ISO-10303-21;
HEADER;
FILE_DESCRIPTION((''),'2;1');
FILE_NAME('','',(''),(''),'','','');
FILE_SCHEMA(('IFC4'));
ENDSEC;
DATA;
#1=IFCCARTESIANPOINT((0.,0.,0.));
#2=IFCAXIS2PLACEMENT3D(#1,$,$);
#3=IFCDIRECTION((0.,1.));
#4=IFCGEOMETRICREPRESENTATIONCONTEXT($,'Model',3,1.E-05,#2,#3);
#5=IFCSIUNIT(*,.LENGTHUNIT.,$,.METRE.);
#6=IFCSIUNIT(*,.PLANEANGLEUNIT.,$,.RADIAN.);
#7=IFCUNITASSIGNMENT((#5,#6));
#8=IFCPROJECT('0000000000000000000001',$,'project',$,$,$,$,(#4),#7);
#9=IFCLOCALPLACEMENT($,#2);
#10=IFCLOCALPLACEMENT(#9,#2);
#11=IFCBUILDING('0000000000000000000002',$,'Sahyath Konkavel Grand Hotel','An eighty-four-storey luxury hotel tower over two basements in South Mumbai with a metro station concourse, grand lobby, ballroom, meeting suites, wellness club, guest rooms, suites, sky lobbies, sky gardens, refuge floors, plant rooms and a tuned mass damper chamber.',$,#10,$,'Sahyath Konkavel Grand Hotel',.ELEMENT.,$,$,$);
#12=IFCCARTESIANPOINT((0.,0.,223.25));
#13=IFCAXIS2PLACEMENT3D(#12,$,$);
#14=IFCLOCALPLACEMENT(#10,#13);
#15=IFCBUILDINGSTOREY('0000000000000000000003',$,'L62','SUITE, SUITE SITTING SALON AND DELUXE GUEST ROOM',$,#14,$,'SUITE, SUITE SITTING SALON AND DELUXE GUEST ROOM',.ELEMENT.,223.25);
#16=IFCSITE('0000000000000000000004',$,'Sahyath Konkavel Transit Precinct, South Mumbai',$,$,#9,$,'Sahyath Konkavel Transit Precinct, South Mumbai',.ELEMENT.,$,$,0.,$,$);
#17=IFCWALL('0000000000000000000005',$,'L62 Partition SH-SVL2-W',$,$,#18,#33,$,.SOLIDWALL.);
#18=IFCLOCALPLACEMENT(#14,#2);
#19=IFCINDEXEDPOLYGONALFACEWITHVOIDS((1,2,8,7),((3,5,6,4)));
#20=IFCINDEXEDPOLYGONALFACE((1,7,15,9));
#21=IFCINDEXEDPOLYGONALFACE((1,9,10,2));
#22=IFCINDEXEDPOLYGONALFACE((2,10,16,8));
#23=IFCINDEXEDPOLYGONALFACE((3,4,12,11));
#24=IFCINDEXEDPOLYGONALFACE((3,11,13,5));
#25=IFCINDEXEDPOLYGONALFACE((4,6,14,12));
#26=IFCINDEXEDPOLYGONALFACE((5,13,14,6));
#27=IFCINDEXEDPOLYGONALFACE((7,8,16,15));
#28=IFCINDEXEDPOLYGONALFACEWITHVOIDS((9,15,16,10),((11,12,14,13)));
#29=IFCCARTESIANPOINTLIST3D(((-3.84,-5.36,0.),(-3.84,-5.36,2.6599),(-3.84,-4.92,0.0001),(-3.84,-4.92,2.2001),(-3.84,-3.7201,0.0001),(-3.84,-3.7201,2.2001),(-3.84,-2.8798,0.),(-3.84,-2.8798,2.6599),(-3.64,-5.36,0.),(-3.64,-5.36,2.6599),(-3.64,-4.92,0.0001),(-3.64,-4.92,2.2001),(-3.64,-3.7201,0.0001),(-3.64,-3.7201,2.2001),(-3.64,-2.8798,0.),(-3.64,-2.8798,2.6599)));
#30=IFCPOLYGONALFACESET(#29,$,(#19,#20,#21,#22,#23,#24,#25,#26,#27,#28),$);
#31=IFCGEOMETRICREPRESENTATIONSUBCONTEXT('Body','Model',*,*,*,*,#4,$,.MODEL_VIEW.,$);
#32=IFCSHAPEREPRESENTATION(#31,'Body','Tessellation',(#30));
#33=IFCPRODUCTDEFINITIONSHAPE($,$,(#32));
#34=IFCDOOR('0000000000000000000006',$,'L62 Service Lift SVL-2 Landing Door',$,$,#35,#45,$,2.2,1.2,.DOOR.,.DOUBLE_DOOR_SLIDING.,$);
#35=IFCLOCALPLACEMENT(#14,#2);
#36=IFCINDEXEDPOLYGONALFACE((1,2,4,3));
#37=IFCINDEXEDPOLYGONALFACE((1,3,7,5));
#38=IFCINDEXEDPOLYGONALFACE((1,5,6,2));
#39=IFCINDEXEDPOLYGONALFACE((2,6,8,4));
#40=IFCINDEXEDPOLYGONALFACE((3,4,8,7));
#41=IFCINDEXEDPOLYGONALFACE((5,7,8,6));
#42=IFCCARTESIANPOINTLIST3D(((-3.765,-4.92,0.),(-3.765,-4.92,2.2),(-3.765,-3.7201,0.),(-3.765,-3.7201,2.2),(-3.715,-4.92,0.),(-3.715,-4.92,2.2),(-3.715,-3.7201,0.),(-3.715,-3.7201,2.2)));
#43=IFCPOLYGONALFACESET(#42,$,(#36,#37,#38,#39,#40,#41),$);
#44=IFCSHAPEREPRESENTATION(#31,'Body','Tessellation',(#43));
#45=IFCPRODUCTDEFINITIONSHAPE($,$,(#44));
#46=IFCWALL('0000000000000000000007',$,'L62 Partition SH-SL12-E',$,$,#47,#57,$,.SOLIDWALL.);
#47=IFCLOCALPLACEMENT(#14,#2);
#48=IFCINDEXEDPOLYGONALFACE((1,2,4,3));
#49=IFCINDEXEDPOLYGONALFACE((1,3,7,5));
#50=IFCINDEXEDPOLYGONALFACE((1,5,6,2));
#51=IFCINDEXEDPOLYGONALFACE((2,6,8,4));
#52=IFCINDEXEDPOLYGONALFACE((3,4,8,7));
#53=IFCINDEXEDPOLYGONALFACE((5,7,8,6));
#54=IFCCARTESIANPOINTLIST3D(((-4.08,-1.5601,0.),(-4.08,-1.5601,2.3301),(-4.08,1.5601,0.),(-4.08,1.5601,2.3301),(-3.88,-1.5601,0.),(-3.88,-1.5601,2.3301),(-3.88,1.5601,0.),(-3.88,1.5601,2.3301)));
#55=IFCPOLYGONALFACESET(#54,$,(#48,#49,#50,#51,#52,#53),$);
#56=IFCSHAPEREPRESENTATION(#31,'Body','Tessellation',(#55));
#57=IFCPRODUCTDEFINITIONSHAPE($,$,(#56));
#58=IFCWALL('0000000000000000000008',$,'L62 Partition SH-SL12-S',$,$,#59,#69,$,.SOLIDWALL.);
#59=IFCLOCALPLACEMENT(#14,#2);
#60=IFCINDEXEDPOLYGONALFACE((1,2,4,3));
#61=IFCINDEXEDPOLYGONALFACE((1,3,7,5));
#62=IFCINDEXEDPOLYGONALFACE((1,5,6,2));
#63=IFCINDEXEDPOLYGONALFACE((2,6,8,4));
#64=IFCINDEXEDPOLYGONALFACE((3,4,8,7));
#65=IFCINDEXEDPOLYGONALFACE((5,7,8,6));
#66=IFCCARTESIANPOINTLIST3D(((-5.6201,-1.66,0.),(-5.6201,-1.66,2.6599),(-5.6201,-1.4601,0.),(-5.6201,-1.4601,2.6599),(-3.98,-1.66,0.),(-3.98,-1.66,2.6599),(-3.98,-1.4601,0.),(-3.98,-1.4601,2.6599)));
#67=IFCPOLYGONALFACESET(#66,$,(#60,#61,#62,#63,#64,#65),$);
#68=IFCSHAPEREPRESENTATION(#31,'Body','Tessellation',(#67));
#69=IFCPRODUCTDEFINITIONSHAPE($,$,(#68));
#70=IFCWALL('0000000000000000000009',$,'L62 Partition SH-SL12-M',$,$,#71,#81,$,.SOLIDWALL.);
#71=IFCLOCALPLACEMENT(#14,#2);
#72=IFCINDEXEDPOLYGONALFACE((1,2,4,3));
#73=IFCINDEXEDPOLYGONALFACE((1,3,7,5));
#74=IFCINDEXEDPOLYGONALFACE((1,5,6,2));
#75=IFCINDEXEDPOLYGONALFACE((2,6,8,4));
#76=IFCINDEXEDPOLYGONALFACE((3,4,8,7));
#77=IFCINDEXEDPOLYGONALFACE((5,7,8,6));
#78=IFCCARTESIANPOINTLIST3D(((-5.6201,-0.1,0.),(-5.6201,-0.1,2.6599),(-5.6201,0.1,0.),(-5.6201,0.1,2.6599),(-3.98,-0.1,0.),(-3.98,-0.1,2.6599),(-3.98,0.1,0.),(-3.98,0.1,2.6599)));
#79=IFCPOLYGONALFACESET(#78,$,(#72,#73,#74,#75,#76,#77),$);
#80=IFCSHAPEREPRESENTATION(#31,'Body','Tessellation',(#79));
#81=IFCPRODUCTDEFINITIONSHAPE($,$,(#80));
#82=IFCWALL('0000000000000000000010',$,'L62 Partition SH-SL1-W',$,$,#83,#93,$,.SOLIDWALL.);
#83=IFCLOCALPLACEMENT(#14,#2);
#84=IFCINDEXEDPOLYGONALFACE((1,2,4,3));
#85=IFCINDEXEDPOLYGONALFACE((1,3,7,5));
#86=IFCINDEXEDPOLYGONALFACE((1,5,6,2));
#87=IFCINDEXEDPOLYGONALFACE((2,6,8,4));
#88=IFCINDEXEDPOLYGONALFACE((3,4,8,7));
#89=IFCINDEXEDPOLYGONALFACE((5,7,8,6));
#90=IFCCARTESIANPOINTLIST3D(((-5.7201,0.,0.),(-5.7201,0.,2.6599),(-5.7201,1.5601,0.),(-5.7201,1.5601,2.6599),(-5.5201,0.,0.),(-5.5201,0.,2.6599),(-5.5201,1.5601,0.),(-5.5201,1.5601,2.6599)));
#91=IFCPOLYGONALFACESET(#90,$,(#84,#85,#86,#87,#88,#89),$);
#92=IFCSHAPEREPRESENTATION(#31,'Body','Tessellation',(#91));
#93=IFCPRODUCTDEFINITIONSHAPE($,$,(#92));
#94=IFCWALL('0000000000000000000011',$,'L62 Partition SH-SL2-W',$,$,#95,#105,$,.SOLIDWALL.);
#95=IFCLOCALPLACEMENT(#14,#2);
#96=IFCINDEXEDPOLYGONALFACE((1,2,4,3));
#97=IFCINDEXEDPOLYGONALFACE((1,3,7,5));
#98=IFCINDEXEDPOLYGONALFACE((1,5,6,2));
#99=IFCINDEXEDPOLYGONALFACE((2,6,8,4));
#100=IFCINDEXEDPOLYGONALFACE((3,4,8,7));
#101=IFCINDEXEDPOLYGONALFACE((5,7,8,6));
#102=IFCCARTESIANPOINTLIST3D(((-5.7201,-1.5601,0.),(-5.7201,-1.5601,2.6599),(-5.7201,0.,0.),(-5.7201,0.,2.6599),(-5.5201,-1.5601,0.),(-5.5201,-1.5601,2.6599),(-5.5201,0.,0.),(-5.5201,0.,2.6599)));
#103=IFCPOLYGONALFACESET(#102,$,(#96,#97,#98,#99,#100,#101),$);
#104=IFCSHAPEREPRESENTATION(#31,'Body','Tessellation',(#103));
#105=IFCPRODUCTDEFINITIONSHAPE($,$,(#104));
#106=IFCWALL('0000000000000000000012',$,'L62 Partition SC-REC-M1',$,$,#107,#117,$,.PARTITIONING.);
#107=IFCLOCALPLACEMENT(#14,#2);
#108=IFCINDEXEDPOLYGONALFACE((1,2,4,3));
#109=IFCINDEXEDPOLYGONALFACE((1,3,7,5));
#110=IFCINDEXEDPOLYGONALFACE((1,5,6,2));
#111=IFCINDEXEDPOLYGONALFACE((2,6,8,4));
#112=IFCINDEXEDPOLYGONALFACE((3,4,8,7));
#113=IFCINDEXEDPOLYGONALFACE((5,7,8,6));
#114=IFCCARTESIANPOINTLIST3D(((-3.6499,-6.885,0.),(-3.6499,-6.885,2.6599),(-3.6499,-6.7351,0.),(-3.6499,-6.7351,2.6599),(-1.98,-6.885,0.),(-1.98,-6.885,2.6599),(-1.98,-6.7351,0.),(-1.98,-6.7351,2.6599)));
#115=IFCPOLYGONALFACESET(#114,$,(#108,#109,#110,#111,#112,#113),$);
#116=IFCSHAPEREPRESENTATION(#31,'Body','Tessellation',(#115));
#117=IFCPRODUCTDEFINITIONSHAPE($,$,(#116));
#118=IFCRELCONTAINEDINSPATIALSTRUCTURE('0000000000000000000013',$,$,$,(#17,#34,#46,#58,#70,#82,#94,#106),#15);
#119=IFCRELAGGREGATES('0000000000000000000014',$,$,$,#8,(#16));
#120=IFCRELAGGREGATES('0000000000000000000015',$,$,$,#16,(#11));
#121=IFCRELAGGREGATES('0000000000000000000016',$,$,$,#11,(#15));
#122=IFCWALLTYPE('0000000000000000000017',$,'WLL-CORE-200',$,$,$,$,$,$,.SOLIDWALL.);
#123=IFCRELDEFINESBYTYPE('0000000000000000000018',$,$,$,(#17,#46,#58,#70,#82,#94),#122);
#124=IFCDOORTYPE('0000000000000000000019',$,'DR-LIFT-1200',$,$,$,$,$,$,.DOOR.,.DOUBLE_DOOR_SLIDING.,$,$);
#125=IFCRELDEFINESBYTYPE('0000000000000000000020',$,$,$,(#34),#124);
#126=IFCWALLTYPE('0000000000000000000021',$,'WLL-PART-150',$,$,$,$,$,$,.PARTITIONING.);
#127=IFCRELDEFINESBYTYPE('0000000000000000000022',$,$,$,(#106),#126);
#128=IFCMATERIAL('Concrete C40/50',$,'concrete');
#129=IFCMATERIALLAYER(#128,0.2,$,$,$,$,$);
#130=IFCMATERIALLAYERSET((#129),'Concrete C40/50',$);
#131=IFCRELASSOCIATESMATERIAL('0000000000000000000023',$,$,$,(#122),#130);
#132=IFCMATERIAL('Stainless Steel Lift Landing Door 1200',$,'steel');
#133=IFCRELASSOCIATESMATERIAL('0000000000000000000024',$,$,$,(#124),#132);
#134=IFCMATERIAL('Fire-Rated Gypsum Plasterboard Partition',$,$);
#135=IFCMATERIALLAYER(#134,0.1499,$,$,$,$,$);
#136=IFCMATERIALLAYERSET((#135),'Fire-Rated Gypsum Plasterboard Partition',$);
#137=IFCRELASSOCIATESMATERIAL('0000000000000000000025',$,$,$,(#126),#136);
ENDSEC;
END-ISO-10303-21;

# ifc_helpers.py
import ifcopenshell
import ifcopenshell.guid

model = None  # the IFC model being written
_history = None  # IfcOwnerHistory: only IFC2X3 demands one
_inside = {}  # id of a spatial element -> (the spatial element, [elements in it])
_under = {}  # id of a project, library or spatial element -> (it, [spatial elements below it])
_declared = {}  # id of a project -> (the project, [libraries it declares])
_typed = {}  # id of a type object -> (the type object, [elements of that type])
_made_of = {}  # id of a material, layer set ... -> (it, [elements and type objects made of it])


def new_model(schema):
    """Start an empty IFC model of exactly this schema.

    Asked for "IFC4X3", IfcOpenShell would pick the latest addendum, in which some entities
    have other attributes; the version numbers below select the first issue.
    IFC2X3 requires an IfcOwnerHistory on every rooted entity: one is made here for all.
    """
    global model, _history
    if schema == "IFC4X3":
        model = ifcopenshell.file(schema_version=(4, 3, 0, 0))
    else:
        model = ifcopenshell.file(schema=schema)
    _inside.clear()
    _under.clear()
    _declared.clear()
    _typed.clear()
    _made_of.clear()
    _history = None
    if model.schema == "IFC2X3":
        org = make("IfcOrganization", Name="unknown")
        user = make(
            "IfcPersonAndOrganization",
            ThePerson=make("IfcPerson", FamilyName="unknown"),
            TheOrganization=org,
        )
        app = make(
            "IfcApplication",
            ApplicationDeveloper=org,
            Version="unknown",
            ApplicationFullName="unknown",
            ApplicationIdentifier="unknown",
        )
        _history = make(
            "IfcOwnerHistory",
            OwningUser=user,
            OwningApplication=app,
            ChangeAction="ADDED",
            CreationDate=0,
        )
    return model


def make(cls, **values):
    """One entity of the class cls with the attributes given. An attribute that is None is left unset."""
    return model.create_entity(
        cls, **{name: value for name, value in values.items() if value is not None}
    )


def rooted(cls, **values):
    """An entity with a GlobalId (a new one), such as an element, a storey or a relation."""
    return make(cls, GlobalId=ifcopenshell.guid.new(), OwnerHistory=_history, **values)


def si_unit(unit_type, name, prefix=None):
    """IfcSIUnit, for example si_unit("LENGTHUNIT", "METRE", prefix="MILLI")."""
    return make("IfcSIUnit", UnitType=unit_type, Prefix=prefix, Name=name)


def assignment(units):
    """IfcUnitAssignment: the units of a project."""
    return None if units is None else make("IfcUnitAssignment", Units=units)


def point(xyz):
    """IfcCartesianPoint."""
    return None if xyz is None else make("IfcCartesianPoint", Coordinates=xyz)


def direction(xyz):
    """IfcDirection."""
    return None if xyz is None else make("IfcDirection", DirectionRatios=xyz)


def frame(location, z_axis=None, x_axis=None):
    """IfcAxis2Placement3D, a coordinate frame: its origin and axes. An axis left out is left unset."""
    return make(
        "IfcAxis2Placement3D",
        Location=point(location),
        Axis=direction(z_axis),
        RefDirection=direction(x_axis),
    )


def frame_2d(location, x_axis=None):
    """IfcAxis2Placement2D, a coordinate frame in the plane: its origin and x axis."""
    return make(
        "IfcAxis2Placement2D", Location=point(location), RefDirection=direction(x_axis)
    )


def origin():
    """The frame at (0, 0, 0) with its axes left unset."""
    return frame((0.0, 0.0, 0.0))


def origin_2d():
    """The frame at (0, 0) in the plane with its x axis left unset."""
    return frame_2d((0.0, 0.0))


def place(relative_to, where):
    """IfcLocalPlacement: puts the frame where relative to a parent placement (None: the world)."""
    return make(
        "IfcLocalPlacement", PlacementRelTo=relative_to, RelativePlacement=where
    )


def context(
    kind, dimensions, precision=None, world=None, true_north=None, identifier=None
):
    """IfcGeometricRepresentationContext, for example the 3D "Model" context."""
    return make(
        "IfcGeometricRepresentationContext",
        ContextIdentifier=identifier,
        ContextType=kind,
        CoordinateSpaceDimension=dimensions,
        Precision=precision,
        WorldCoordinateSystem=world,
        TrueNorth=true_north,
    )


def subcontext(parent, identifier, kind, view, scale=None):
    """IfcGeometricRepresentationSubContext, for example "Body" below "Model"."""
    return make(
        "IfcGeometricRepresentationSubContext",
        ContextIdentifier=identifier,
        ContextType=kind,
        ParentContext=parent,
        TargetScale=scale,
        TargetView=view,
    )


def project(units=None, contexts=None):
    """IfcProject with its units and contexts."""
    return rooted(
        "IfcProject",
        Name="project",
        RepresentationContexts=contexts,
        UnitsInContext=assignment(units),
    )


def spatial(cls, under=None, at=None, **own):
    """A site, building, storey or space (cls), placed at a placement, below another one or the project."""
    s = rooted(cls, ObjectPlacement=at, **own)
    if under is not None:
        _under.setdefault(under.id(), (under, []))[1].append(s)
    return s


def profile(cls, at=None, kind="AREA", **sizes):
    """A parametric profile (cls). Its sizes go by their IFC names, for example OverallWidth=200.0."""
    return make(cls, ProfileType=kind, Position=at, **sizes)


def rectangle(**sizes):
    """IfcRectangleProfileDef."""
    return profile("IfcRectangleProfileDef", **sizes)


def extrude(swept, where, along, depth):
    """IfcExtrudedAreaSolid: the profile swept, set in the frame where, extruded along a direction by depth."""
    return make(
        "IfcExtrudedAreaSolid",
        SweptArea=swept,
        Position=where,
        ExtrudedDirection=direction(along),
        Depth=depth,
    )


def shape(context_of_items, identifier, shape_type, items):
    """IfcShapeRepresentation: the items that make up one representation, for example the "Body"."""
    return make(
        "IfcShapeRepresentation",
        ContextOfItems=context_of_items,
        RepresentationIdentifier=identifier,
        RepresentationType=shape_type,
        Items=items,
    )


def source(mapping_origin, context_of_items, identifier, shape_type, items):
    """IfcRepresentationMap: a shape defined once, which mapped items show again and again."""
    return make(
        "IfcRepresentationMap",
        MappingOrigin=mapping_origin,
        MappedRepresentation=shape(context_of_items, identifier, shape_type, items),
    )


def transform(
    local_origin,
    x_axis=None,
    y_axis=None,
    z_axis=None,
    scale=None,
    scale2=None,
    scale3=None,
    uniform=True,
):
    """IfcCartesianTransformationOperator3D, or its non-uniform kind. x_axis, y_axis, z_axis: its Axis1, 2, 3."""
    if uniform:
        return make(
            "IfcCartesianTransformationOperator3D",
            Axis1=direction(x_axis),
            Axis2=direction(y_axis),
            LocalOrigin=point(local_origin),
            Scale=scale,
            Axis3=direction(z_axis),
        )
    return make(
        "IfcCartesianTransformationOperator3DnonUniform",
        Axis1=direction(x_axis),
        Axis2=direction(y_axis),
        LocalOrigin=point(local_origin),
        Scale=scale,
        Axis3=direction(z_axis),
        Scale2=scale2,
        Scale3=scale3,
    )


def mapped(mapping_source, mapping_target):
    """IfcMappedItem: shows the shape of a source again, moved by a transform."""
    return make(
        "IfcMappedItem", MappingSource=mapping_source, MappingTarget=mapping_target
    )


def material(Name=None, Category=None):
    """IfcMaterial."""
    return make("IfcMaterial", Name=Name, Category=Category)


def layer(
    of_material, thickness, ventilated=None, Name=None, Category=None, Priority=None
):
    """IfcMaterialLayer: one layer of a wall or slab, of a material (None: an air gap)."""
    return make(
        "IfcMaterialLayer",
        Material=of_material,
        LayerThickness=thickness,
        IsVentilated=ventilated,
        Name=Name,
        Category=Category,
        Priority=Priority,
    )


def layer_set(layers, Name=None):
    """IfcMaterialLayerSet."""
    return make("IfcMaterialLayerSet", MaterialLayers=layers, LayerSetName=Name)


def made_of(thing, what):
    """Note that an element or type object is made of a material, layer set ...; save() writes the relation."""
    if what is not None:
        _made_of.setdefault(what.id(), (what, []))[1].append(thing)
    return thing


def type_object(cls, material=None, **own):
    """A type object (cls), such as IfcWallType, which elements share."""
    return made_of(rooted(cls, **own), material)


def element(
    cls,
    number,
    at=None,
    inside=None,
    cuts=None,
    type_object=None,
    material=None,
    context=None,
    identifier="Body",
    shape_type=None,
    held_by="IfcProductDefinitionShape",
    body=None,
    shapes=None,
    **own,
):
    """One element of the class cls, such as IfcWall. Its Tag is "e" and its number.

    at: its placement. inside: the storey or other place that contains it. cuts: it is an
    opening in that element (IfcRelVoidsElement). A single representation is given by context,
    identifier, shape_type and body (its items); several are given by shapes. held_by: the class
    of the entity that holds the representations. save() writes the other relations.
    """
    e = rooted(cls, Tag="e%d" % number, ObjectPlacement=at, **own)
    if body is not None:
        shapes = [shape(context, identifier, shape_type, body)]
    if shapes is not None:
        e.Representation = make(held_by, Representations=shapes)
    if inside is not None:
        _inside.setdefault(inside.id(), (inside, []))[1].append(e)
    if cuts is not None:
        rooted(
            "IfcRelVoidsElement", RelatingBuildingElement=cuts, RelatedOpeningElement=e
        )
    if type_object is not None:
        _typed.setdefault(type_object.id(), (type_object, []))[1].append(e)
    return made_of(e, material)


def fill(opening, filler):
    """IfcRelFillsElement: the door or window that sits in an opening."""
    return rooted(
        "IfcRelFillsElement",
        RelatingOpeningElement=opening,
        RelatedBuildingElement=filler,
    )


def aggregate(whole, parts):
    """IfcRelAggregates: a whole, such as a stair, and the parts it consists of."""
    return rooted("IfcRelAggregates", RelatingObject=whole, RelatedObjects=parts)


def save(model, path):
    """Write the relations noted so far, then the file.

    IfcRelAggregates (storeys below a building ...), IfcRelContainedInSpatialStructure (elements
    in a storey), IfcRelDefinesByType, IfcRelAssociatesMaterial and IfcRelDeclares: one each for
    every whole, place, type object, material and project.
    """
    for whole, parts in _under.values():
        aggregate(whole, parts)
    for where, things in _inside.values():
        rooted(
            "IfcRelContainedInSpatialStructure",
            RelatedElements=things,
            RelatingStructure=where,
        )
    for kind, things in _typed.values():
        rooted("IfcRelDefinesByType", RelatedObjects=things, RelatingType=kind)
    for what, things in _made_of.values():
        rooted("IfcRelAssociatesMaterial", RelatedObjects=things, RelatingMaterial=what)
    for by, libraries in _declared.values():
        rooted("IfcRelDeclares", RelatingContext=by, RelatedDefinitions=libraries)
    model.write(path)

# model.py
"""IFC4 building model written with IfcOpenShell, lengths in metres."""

from ifc_helpers import new_model, si_unit, direction, frame, frame_2d, origin, origin_2d, place, context, subcontext, project, spatial, rectangle, extrude, source, transform, mapped, material, layer, layer_set, type_object, element, fill, save


model = new_model("IFC4")

# Units and contexts
model_context = context("Model", 3, precision=1e-05, world=origin(), true_north=direction((0.0, 1.0)))
body_context = subcontext(model_context, "Body", "Model", "MODEL_VIEW")
ifc_project = project(units=[si_unit("LENGTHUNIT", "METRE"), si_unit("PLANEANGLEUNIT", "RADIAN")], contexts=[model_context])

# Site, building, storey
site_placement = place(None, origin())
site = spatial("IfcSite", under=ifc_project, at=site_placement, Name="Sahyath Konkavel Transit Precinct, South Mumbai", LongName="Sahyath Konkavel Transit Precinct, South Mumbai", CompositionType="ELEMENT", RefElevation=0.0)
building_placement = place(site_placement, origin())
building = spatial("IfcBuilding", under=site, at=building_placement, Name="Sahyath Konkavel Grand Hotel", Description="An eighty-four-storey luxury hotel tower over two basements in South Mumbai with a metro station concourse, grand lobby, ballroom, meeting suites, wellness club, guest rooms, suites, sky lobbies, sky gardens, refuge floors, plant rooms and a tuned mass damper chamber.", LongName="Sahyath Konkavel Grand Hotel", CompositionType="ELEMENT")
storey_placement = place(building_placement, frame((0.0, 0.0, 223.25)))
storey = spatial("IfcBuildingStorey", under=building, at=storey_placement, Name="L62", Description="SUITE, SUITE SITTING SALON AND DELUXE GUEST ROOM", LongName="SUITE, SUITE SITTING SALON AND DELUXE GUEST ROOM", CompositionType="ELEMENT", Elevation=223.25)

# Shared definitions
ifc_material_1 = material(Name="Concrete C40/50", Category="concrete")

# Shared definitions
ifc_layer_1 = layer(ifc_material_1, 0.2)
ifc_layer_set_1 = layer_set([ifc_layer_1], Name="Concrete C40/50")
wall_type_1 = type_object("IfcWallType", Name="WLL-CORE-200", PredefinedType="SOLIDWALL", material=ifc_layer_set_1)

# Wall, opening, door
wall_1_placement = place(storey_placement, frame((-3.74, -5.3601, 0.0), z_axis=(0.0, 0.0, 1.0), x_axis=(0.0, 1.0, 0.0)))
wall_1 = element("IfcWall", 1, at=wall_1_placement, inside=storey, type_object=wall_type_1, Name="L62 Partition SH-SVL2-W", PredefinedType="SOLIDWALL", context=body_context, shape_type="SweptSolid", body=[
    extrude(rectangle(XDim=2.4802, YDim=0.2, at=frame_2d((1.2402, 0.0))), origin(), (0.0, 0.0, 1.0), 2.6599),
])
opening_1_placement = place(wall_1_placement, frame((0.4399, 0.0, 0.0)))
opening_1 = element("IfcOpeningElement", 2, at=opening_1_placement, cuts=wall_1, PredefinedType="OPENING", context=body_context, shape_type="SweptSolid", body=[
    extrude(rectangle(XDim=1.2, YDim=2.2, at=frame_2d((0.6001, 1.1001))), frame((0.0, 0.1099, 0.0), z_axis=(0.0, -1.0, 0.0), x_axis=(1.0, 0.0, 0.0)), (0.0, 0.0, 1.0), 0.22),
])
ifc_material_2 = material(Name="Stainless Steel Lift Landing Door 1200", Category="steel")
door_type_1 = type_object("IfcDoorType", Name="DR-LIFT-1200", OperationType="DOUBLE_DOOR_SLIDING", PredefinedType="DOOR", material=ifc_material_2)
shared_shape_1 = source(origin(), body_context, "Body", "SweptSolid", [
    extrude(rectangle(XDim=1.2, YDim=0.05, at=origin_2d()), origin(), (0.0, 0.0, 1.0), 2.2),
])
door_1_placement = place(opening_1_placement, frame((0.6001, 0.0, 0.0)))
door_1 = element("IfcDoor", 3, at=door_1_placement, inside=storey, type_object=door_type_1, Name="L62 Service Lift SVL-2 Landing Door", OperationType="DOUBLE_DOOR_SLIDING", OverallHeight=2.2, OverallWidth=1.2, PredefinedType="DOOR", context=body_context, shape_type="MappedRepresentation", body=[
    mapped(shared_shape_1, transform((0.0, 0.0, 0.0), scale=1.0)),
])
fill(opening_1, door_1)

# Walls
wall_2_placement = place(storey_placement, frame((-3.98, -1.5601, 0.0), z_axis=(0.0, 0.0, 1.0), x_axis=(0.0, 1.0, 0.0)))
element("IfcWall", 4, at=wall_2_placement, inside=storey, type_object=wall_type_1, Name="L62 Partition SH-SL12-E", PredefinedType="SOLIDWALL", context=body_context, shape_type="SweptSolid", body=[
    extrude(rectangle(XDim=3.1201, YDim=0.2, at=frame_2d((1.5601, 0.0))), origin(), (0.0, 0.0, 1.0), 2.3301),
])
for number, where, z_axis, x_axis, name in (
    (5, (-5.6201, -1.5601, 0.0), (0.0, 0.0, 1.0), (1.0, 0.0, 0.0), "L62 Partition SH-SL12-S"),
    (6, (-5.6201, 0.0, 0.0), (0.0, 0.0, 1.0), (1.0, 0.0, 0.0), "L62 Partition SH-SL12-M"),
):
    element("IfcWall", number, at=place(storey_placement, frame(where, z_axis=z_axis, x_axis=x_axis)), inside=storey, type_object=wall_type_1, Name=name, PredefinedType="SOLIDWALL", context=body_context, shape_type="SweptSolid", body=[
        extrude(rectangle(XDim=1.6401, YDim=0.2, at=frame_2d((0.8201, 0.0))), origin(), (0.0, 0.0, 1.0), 2.6599),
    ])
for number, where, z_axis, x_axis, name in (
    (7, (-5.6201, 0.0, 0.0), (0.0, 0.0, 1.0), (0.0, 1.0, 0.0), "L62 Partition SH-SL1-W"),
    (8, (-5.6201, -1.5601, 0.0), (0.0, 0.0, 1.0), (0.0, 1.0, 0.0), "L62 Partition SH-SL2-W"),
):
    element("IfcWall", number, at=place(storey_placement, frame(where, z_axis=z_axis, x_axis=x_axis)), inside=storey, type_object=wall_type_1, Name=name, PredefinedType="SOLIDWALL", context=body_context, shape_type="SweptSolid", body=[
        extrude(rectangle(XDim=1.5601, YDim=0.2, at=frame_2d((0.78, 0.0))), origin(), (0.0, 0.0, 1.0), 2.6599),
    ])
ifc_material_3 = material(Name="Fire-Rated Gypsum Plasterboard Partition")
ifc_layer_2 = layer(ifc_material_3, 0.1499)
ifc_layer_set_2 = layer_set([ifc_layer_2], Name="Fire-Rated Gypsum Plasterboard Partition")
wall_type_2 = type_object("IfcWallType", Name="WLL-PART-150", PredefinedType="PARTITIONING", material=ifc_layer_set_2)
wall_3_placement = place(storey_placement, frame((-3.6499, -6.8101, 0.0), z_axis=(0.0, 0.0, 1.0), x_axis=(1.0, 0.0, 0.0)))
element("IfcWall", 9, at=wall_3_placement, inside=storey, type_object=wall_type_2, Name="L62 Partition SC-REC-M1", PredefinedType="PARTITIONING", context=body_context, shape_type="SweptSolid", body=[
    extrude(rectangle(XDim=1.6699, YDim=0.1499, at=frame_2d((0.835, 0.0))), origin(), (0.0, 0.0, 1.0), 2.6599),
])

save(model, "model.ifc")
